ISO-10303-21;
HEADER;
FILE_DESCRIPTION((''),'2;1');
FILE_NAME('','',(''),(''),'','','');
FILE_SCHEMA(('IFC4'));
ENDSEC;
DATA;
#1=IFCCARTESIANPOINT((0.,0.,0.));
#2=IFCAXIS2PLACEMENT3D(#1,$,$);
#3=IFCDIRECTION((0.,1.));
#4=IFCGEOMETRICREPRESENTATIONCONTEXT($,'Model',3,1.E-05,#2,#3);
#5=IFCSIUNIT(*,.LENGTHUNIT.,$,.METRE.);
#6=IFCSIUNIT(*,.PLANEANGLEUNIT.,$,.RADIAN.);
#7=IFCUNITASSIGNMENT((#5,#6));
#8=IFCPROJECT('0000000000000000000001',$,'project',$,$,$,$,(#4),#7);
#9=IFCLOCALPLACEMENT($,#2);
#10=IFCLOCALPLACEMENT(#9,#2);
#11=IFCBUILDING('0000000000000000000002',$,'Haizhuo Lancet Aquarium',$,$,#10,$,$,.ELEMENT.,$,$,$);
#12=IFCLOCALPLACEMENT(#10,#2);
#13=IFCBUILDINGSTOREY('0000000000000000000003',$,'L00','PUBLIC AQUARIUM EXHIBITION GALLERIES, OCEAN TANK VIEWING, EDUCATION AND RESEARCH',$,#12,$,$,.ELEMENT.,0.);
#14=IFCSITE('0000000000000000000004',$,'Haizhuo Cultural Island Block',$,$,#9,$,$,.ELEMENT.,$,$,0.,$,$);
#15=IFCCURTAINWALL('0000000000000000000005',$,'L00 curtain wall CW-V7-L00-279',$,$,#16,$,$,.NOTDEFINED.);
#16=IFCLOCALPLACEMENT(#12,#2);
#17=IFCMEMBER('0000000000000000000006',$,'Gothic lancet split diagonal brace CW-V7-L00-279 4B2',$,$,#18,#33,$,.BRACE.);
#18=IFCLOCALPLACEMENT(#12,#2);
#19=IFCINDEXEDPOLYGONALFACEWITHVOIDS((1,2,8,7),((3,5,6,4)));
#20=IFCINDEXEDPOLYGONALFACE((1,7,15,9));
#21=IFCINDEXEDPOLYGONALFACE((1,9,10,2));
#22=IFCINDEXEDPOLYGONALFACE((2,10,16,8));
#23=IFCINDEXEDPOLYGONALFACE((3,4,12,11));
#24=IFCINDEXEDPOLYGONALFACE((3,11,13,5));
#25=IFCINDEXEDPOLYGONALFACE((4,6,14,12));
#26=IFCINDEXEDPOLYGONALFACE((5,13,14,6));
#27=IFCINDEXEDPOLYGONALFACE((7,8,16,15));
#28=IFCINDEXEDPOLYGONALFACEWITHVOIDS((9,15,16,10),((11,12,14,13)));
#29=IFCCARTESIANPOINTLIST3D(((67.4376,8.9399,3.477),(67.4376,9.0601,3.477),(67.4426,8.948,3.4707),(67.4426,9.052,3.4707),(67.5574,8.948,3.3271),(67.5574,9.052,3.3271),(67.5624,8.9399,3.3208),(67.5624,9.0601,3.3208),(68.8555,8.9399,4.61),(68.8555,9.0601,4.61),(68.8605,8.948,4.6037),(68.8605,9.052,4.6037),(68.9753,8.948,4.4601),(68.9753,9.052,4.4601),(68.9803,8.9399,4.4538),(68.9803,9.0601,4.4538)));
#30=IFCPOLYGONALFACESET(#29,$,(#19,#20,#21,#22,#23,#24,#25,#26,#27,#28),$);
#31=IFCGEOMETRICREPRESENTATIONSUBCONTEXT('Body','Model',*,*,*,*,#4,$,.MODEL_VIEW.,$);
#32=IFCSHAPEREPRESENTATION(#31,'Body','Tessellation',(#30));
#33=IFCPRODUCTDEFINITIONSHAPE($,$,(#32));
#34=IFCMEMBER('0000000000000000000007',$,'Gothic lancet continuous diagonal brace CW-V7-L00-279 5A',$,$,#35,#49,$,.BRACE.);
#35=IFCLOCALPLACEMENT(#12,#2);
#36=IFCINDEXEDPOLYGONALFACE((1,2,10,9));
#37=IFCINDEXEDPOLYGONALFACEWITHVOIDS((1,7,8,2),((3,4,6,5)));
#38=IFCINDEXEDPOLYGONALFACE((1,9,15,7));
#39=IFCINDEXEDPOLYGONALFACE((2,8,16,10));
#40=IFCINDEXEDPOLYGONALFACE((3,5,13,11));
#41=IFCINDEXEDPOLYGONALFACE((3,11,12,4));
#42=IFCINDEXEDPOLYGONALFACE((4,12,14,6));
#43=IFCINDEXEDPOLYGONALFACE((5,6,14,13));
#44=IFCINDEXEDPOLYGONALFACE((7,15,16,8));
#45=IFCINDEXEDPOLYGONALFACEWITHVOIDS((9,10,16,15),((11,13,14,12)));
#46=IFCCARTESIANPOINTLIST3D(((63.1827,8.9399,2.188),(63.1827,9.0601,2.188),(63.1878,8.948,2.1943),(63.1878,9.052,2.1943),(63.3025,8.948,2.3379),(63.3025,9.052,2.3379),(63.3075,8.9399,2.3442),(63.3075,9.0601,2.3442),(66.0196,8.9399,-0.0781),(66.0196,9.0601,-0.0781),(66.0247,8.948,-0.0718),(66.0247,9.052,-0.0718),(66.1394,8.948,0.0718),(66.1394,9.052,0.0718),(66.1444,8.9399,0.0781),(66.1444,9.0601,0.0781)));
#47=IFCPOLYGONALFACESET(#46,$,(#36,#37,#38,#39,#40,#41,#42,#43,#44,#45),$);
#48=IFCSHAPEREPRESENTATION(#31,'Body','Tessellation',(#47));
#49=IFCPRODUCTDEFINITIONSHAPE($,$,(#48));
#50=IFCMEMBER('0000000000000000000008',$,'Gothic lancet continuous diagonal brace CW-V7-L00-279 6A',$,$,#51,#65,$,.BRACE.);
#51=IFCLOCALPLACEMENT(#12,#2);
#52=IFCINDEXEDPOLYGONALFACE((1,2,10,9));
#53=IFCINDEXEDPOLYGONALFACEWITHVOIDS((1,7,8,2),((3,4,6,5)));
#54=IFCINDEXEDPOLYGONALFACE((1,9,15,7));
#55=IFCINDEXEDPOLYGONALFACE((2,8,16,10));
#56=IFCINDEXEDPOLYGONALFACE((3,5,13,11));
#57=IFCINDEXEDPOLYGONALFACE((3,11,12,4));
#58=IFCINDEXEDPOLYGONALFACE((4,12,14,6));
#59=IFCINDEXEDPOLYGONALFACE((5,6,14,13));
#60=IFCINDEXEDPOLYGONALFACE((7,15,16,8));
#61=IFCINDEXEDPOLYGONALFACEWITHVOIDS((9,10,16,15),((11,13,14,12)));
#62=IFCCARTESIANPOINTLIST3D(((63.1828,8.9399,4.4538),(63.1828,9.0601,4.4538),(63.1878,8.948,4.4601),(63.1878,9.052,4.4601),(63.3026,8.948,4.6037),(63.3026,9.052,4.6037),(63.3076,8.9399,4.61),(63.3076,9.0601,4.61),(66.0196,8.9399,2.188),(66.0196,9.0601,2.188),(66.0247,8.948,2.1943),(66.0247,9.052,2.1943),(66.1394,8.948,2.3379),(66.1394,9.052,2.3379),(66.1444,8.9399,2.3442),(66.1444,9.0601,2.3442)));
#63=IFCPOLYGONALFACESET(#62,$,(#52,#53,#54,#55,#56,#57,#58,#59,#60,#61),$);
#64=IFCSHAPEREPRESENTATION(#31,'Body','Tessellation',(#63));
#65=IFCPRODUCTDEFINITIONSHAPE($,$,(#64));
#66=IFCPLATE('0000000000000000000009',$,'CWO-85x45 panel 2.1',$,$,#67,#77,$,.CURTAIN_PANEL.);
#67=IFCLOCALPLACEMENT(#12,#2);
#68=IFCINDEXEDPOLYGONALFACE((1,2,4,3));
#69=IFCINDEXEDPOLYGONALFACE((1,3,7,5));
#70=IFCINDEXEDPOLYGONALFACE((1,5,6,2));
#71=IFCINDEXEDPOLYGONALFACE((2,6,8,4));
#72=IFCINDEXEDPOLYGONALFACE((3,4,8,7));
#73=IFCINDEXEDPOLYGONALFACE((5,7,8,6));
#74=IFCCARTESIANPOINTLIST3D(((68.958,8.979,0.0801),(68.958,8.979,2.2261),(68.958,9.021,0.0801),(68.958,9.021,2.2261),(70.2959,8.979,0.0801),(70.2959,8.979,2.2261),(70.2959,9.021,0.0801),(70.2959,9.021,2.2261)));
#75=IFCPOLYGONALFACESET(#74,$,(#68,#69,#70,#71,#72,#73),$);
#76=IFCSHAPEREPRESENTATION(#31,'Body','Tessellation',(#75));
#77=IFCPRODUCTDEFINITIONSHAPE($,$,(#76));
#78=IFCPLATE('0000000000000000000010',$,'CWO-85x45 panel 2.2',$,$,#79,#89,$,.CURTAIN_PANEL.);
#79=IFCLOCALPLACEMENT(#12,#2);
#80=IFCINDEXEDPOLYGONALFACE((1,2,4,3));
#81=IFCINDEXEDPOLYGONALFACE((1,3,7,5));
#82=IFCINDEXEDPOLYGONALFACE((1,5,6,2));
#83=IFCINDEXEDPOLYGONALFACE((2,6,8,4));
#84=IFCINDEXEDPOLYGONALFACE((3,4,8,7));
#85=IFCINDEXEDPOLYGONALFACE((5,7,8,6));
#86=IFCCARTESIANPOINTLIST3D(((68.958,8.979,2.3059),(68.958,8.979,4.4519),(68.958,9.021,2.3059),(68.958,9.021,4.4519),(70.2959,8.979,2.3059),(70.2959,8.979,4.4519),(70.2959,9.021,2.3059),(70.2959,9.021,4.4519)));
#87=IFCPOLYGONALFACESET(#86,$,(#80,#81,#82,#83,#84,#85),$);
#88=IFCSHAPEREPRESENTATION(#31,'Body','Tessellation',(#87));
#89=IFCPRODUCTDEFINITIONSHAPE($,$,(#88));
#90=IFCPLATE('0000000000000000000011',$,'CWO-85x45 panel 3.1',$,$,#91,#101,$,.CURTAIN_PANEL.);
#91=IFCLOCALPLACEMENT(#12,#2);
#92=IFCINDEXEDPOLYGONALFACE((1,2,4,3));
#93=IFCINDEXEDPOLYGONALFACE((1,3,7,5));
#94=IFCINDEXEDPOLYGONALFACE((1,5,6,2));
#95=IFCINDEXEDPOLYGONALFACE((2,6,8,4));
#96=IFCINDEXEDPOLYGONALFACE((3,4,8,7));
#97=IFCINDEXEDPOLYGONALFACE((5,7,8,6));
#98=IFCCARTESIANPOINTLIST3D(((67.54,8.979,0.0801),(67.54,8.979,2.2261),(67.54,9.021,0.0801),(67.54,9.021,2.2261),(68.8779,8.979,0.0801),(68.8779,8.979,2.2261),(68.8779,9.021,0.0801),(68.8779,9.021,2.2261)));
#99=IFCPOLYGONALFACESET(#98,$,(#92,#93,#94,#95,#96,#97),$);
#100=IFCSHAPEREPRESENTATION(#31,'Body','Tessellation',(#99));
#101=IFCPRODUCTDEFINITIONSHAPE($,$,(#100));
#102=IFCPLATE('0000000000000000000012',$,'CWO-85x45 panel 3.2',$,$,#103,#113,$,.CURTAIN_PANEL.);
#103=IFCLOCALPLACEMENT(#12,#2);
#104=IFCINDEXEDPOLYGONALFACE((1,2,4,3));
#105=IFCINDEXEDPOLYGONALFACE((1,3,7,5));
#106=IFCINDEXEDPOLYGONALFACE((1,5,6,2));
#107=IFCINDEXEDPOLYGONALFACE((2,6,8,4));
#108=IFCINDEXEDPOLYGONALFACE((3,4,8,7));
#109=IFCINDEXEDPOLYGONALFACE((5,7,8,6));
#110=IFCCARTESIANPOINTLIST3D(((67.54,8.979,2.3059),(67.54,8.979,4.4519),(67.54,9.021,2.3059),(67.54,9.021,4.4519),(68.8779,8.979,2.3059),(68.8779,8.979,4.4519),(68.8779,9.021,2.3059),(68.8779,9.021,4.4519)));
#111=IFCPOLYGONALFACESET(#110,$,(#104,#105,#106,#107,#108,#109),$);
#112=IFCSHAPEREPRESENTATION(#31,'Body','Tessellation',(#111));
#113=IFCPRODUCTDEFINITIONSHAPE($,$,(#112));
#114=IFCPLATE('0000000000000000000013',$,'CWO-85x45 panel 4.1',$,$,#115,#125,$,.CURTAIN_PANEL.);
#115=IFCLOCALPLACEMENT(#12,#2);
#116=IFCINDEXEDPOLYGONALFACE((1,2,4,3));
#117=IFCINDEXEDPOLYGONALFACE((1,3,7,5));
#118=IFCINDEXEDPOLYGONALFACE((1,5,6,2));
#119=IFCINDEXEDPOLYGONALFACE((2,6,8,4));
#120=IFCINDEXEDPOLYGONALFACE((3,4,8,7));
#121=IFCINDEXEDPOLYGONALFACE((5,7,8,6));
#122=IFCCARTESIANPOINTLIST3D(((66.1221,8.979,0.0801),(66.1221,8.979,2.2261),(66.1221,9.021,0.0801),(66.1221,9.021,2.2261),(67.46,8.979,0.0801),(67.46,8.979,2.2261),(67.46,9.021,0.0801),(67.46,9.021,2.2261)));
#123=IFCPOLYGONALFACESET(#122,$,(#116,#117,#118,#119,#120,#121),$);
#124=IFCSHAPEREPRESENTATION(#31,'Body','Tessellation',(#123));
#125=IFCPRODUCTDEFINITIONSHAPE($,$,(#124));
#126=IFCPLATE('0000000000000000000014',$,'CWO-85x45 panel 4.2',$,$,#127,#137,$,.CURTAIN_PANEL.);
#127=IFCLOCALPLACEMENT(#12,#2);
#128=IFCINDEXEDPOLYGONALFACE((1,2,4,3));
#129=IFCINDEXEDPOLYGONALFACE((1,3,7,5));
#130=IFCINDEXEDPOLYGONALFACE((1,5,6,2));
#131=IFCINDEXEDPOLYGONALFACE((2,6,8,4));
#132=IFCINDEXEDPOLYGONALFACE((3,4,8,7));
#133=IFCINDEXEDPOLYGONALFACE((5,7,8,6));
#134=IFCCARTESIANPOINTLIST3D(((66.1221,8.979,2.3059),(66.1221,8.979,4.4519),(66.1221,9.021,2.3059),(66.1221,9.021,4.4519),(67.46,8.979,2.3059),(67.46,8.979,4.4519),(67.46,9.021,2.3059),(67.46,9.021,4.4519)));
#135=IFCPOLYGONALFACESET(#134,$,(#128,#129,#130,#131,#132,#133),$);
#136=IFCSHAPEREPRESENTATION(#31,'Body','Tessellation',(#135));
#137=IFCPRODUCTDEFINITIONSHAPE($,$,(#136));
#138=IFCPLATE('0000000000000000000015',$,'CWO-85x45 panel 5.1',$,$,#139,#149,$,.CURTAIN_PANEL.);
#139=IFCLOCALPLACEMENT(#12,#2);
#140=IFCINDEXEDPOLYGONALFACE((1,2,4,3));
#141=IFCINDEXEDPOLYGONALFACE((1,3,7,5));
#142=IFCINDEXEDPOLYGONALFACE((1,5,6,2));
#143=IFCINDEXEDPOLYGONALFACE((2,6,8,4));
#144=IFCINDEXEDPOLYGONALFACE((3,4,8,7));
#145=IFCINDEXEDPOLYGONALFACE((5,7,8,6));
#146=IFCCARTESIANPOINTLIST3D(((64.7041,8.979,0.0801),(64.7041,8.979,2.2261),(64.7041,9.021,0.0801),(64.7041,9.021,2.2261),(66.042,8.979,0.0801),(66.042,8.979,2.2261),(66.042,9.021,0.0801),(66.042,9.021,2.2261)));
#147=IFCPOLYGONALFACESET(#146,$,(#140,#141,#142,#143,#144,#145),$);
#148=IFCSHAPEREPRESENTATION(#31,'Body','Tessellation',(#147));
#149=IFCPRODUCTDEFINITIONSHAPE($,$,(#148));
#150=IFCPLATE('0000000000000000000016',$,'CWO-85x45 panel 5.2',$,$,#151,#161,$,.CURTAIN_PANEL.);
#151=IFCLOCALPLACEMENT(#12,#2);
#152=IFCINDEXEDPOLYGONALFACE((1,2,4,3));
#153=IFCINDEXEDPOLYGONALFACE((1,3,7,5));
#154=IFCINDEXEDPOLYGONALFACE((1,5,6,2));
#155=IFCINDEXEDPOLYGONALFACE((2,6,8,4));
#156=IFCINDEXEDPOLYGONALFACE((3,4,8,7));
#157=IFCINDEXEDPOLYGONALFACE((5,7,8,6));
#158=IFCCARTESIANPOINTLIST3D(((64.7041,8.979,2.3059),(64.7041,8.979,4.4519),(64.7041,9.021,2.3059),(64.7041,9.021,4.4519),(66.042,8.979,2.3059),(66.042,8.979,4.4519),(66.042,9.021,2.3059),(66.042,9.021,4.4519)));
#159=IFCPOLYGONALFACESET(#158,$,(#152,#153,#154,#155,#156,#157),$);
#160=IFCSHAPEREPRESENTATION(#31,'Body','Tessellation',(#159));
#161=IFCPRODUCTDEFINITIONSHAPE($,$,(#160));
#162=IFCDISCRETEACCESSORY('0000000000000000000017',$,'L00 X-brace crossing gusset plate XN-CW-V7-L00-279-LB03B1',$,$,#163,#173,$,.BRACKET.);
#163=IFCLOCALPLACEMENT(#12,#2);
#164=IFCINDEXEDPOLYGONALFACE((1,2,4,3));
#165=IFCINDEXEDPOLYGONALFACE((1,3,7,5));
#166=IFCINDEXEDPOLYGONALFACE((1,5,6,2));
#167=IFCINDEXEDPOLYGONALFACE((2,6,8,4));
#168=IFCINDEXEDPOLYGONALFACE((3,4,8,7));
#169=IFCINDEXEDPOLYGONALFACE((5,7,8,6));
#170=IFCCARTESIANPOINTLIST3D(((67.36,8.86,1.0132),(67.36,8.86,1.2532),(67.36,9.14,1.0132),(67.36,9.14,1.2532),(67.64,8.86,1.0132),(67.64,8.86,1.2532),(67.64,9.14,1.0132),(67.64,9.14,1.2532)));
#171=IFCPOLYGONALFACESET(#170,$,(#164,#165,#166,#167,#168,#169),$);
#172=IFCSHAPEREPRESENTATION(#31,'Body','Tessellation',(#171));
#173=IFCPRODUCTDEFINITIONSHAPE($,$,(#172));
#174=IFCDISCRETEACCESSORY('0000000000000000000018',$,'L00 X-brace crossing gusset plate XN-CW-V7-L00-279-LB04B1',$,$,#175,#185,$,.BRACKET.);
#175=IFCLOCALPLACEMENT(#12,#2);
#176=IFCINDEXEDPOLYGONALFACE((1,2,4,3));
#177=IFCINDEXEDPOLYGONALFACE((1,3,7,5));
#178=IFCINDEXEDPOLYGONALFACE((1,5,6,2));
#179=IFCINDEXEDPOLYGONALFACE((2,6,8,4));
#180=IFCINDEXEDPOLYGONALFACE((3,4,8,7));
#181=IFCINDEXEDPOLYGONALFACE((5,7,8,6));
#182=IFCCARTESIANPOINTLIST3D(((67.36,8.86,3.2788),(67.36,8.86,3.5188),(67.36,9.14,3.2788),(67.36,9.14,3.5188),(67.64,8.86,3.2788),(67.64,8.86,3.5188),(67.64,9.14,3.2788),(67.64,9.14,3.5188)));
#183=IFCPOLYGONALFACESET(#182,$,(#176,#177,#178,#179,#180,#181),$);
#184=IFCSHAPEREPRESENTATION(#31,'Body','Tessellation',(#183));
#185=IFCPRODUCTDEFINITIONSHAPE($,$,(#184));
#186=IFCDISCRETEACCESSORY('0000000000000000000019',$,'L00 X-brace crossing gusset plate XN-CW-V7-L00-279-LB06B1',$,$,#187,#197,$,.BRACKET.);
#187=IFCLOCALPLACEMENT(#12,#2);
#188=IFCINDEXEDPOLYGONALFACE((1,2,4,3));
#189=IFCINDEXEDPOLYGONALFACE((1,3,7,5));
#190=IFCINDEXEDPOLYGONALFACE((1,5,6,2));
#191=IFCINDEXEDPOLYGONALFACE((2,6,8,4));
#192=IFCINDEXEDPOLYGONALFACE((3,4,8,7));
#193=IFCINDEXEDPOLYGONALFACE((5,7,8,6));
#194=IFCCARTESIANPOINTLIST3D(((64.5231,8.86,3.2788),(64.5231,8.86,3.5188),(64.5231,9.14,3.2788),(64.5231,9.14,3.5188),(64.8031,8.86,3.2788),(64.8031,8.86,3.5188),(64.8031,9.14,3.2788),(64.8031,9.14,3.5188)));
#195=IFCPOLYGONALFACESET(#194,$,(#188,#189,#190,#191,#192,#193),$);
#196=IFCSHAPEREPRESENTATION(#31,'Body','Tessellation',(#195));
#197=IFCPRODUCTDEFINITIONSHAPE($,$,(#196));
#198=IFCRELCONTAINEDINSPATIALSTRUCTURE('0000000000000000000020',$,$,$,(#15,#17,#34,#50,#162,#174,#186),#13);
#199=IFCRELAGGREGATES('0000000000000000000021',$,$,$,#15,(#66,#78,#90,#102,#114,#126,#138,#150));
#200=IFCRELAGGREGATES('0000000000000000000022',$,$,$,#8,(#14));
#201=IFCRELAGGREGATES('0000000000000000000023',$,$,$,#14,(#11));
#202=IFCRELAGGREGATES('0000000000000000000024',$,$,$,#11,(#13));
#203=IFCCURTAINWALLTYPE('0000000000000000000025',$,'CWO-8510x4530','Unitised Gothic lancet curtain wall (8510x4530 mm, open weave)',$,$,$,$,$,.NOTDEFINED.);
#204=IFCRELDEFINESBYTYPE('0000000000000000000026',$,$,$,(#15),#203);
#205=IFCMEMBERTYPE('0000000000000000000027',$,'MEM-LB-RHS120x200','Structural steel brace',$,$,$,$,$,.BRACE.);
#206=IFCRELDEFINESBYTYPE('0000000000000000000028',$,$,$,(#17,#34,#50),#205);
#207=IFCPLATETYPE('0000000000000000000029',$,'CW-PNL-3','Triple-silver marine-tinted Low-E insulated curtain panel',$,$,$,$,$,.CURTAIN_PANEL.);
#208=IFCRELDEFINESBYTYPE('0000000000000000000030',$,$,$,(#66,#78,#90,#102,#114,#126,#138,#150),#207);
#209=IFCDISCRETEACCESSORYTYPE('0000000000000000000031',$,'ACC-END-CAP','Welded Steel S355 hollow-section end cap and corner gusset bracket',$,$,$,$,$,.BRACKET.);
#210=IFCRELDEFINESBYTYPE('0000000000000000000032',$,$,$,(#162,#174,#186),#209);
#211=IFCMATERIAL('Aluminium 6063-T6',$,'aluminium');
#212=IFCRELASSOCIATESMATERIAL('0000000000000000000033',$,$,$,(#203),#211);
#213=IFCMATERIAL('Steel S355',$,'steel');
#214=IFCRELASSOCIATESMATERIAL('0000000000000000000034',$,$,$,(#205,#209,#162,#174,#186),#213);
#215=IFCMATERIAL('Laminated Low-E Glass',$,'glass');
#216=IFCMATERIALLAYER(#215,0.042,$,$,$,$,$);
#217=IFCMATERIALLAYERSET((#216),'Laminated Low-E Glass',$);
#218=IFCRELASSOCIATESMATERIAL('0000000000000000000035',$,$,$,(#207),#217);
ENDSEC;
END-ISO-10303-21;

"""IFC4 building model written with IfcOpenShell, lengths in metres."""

from ifc_helpers import new_model, si_unit, direction, frame, origin, origin_2d, place, context, subcontext, project, spatial, rectangle, hollow_rectangle, extrude, material, layer, layer_set, material_profile, profile_set, type_object, element, aggregate, save


model = new_model("IFC4")

# Units and contexts
model_context = context("Model", 3, precision=1e-05, world=origin(), true_north=direction((0.0, 1.0)))
body_context = subcontext(model_context, "Body", "Model", "MODEL_VIEW")
ifc_project = project(units=[si_unit("LENGTHUNIT", "METRE"), si_unit("PLANEANGLEUNIT", "RADIAN")], contexts=[model_context])

# Site, building, storey
site_placement = place(None, origin())
site = spatial("IfcSite", under=ifc_project, at=site_placement, Name="Haizhuo Cultural Island Block", CompositionType="ELEMENT", RefElevation=0.0)
building_placement = place(site_placement, origin())
building = spatial("IfcBuilding", under=site, at=building_placement, Name="Haizhuo Lancet Aquarium", CompositionType="ELEMENT")
storey_placement = place(building_placement, origin())
storey = spatial("IfcBuildingStorey", under=building, at=storey_placement, Name="L00", Description="PUBLIC AQUARIUM EXHIBITION GALLERIES, OCEAN TANK VIEWING, EDUCATION AND RESEARCH", CompositionType="ELEMENT", Elevation=0.0)

# Curtain wall
ifc_material_1 = material(Name="Aluminium 6063-T6", Category="aluminium")
curtain_wall_type = type_object("IfcCurtainWallType", Name="CWO-8510x4530", Description="Unitised Gothic lancet curtain wall (8510x4530 mm, open weave)", PredefinedType="NOTDEFINED", material=ifc_material_1)
curtain_wall_placement = place(storey_placement, origin())
curtain_wall = element("IfcCurtainWall", 1, at=curtain_wall_placement, inside=storey, type_object=curtain_wall_type, Name="L00 curtain wall CW-V7-L00-279", PredefinedType="NOTDEFINED")

# Members
ifc_material_2 = material(Name="Steel S355", Category="steel")
ifc_material_profile_1 = material_profile(ifc_material_2, hollow_rectangle(XDim=0.1201, YDim=0.2, WallThickness=0.0081, at=origin_2d()), Name="RHS 120x200x8")
ifc_profile_set_1 = profile_set([ifc_material_profile_1], Name="Steel S355")
member_type_1 = type_object("IfcMemberType", Name="MEM-LB-RHS120x200", Description="Structural steel brace", PredefinedType="BRACE", material=ifc_profile_set_1)
for number, where, z_axis, x_axis, name in (
    (2, (67.5, 9.0, 3.3989), (0.781223, 0.0, 0.624252), (0.0, 1.0, 0.0), "Gothic lancet split diagonal brace CW-V7-L00-279 4B2"),
):
    element("IfcMember", number, at=place(storey_placement, frame(where, z_axis=z_axis, x_axis=x_axis)), inside=storey, type_object=member_type_1, Name=name, PredefinedType="BRACE", context=body_context, shape_type="SweptSolid", body=[
        extrude(hollow_rectangle(XDim=0.1201, YDim=0.2, WallThickness=0.0081, at=origin_2d()), origin(), (0.0, 0.0, 1.0), 1.8149),
    ])
member_1_placement = place(storey_placement, frame((66.082, 9.0, 0.0), z_axis=(-0.781328, 0.0, 0.624121), x_axis=(0.0, -1.0, 0.0)))
element("IfcMember", 3, at=member_1_placement, inside=storey, type_object=member_type_1, Name="Gothic lancet continuous diagonal brace CW-V7-L00-279 5A", PredefinedType="BRACE", context=body_context, shape_type="SweptSolid", body=[
    extrude(hollow_rectangle(XDim=0.1201, YDim=0.2, WallThickness=0.0081, at=origin_2d()), origin(), (0.0, 0.0, 1.0), 3.6309),
])
member_2_placement = place(storey_placement, frame((66.082, 9.0, 2.2661), z_axis=(-0.781361, 0.0, 0.62408), x_axis=(0.0, -1.0, 0.0)))
element("IfcMember", 4, at=member_2_placement, inside=storey, type_object=member_type_1, Name="Gothic lancet continuous diagonal brace CW-V7-L00-279 6A", PredefinedType="BRACE", context=body_context, shape_type="SweptSolid", body=[
    extrude(hollow_rectangle(XDim=0.1201, YDim=0.2, WallThickness=0.0081, at=origin_2d()), origin(), (0.0, 0.0, 1.0), 3.6306),
])

# Plates
ifc_material_3 = material(Name="Laminated Low-E Glass", Category="glass")
ifc_layer = layer(ifc_material_3, 0.042)
ifc_layer_set = layer_set([ifc_layer], Name="Laminated Low-E Glass")
plate_type = type_object("IfcPlateType", Name="CW-PNL-3", Description="Triple-silver marine-tinted Low-E insulated curtain panel", PredefinedType="CURTAIN_PANEL", material=ifc_layer_set)
plate_1_placement = place(storey_placement, frame((69.627, 9.0, 0.0801), z_axis=(0.0, 0.0, 1.0), x_axis=(-1.0, 0.0, 0.0)))
plate_1 = element("IfcPlate", 5, at=plate_1_placement, type_object=plate_type, Name="CWO-85x45 panel 2.1", PredefinedType="CURTAIN_PANEL", context=body_context, shape_type="SweptSolid", body=[
    extrude(rectangle(XDim=1.3379, YDim=0.042, at=origin_2d()), origin(), (0.0, 0.0, 1.0), 2.146),
])
plate_2_placement = place(storey_placement, frame((69.627, 9.0, 2.3059), z_axis=(0.0, 0.0, 1.0), x_axis=(-1.0, 0.0, 0.0)))
plate_2 = element("IfcPlate", 6, at=plate_2_placement, type_object=plate_type, Name="CWO-85x45 panel 2.2", PredefinedType="CURTAIN_PANEL", context=body_context, shape_type="SweptSolid", body=[
    extrude(rectangle(XDim=1.3379, YDim=0.042, at=origin_2d()), origin(), (0.0, 0.0, 1.0), 2.146),
])
plate_3_placement = place(storey_placement, frame((68.209, 9.0, 0.0801), z_axis=(0.0, 0.0, 1.0), x_axis=(-1.0, 0.0, 0.0)))
plate_3 = element("IfcPlate", 7, at=plate_3_placement, type_object=plate_type, Name="CWO-85x45 panel 3.1", PredefinedType="CURTAIN_PANEL", context=body_context, shape_type="SweptSolid", body=[
    extrude(rectangle(XDim=1.3379, YDim=0.042, at=origin_2d()), origin(), (0.0, 0.0, 1.0), 2.146),
])
plate_4_placement = place(storey_placement, frame((68.209, 9.0, 2.3059), z_axis=(0.0, 0.0, 1.0), x_axis=(-1.0, 0.0, 0.0)))
plate_4 = element("IfcPlate", 8, at=plate_4_placement, type_object=plate_type, Name="CWO-85x45 panel 3.2", PredefinedType="CURTAIN_PANEL", context=body_context, shape_type="SweptSolid", body=[
    extrude(rectangle(XDim=1.3379, YDim=0.042, at=origin_2d()), origin(), (0.0, 0.0, 1.0), 2.146),
])
plate_5_placement = place(storey_placement, frame((66.791, 9.0, 0.0801), z_axis=(0.0, 0.0, 1.0), x_axis=(-1.0, 0.0, 0.0)))
plate_5 = element("IfcPlate", 9, at=plate_5_placement, type_object=plate_type, Name="CWO-85x45 panel 4.1", PredefinedType="CURTAIN_PANEL", context=body_context, shape_type="SweptSolid", body=[
    extrude(rectangle(XDim=1.3379, YDim=0.042, at=origin_2d()), origin(), (0.0, 0.0, 1.0), 2.146),
])
plate_6_placement = place(storey_placement, frame((66.791, 9.0, 2.3059), z_axis=(0.0, 0.0, 1.0), x_axis=(-1.0, 0.0, 0.0)))
plate_6 = element("IfcPlate", 10, at=plate_6_placement, type_object=plate_type, Name="CWO-85x45 panel 4.2", PredefinedType="CURTAIN_PANEL", context=body_context, shape_type="SweptSolid", body=[
    extrude(rectangle(XDim=1.3379, YDim=0.042, at=origin_2d()), origin(), (0.0, 0.0, 1.0), 2.146),
])
plate_7_placement = place(storey_placement, frame((65.373, 9.0, 0.0801), z_axis=(0.0, 0.0, 1.0), x_axis=(-1.0, 0.0, 0.0)))
plate_7 = element("IfcPlate", 11, at=plate_7_placement, type_object=plate_type, Name="CWO-85x45 panel 5.1", PredefinedType="CURTAIN_PANEL", context=body_context, shape_type="SweptSolid", body=[
    extrude(rectangle(XDim=1.3379, YDim=0.042, at=origin_2d()), origin(), (0.0, 0.0, 1.0), 2.146),
])
plate_8_placement = place(storey_placement, frame((65.373, 9.0, 2.3059), z_axis=(0.0, 0.0, 1.0), x_axis=(-1.0, 0.0, 0.0)))
plate_8 = element("IfcPlate", 12, at=plate_8_placement, type_object=plate_type, Name="CWO-85x45 panel 5.2", PredefinedType="CURTAIN_PANEL", context=body_context, shape_type="SweptSolid", body=[
    extrude(rectangle(XDim=1.3379, YDim=0.042, at=origin_2d()), origin(), (0.0, 0.0, 1.0), 2.146),
])
aggregate(curtain_wall, [plate_1, plate_2, plate_3, plate_4, plate_5, plate_6, plate_7, plate_8])

# Discrete accessories
discrete_accessory_type = type_object("IfcDiscreteAccessoryType", Name="ACC-END-CAP", Description="Welded Steel S355 hollow-section end cap and corner gusset bracket", PredefinedType="BRACKET", material=ifc_material_2)
for number, where, z_axis, x_axis, name in (
    (13, (67.5, 9.0, 1.0132), (0.0, 0.0, 1.0), (1.0, 0.0, 0.0), "L00 X-brace crossing gusset plate XN-CW-V7-L00-279-LB03B1"),
    (14, (67.5, 9.0, 3.2788), (0.0, 0.0, 1.0), (1.0, 0.0, 0.0), "L00 X-brace crossing gusset plate XN-CW-V7-L00-279-LB04B1"),
    (15, (64.6631, 9.0, 3.2788), (0.0, 0.0, 1.0), (1.0, 0.0, 0.0), "L00 X-brace crossing gusset plate XN-CW-V7-L00-279-LB06B1"),
):
    element("IfcDiscreteAccessory", number, at=place(storey_placement, frame(where, z_axis=z_axis, x_axis=x_axis)), inside=storey, type_object=discrete_accessory_type, material=ifc_material_2, Name=name, PredefinedType="BRACKET", context=body_context, shape_type="SweptSolid", body=[
        extrude(rectangle(XDim=0.28, YDim=0.28, at=origin_2d()), origin(), (0.0, 0.0, 1.0), 0.24),
    ])

save(model, "model.ifc")
